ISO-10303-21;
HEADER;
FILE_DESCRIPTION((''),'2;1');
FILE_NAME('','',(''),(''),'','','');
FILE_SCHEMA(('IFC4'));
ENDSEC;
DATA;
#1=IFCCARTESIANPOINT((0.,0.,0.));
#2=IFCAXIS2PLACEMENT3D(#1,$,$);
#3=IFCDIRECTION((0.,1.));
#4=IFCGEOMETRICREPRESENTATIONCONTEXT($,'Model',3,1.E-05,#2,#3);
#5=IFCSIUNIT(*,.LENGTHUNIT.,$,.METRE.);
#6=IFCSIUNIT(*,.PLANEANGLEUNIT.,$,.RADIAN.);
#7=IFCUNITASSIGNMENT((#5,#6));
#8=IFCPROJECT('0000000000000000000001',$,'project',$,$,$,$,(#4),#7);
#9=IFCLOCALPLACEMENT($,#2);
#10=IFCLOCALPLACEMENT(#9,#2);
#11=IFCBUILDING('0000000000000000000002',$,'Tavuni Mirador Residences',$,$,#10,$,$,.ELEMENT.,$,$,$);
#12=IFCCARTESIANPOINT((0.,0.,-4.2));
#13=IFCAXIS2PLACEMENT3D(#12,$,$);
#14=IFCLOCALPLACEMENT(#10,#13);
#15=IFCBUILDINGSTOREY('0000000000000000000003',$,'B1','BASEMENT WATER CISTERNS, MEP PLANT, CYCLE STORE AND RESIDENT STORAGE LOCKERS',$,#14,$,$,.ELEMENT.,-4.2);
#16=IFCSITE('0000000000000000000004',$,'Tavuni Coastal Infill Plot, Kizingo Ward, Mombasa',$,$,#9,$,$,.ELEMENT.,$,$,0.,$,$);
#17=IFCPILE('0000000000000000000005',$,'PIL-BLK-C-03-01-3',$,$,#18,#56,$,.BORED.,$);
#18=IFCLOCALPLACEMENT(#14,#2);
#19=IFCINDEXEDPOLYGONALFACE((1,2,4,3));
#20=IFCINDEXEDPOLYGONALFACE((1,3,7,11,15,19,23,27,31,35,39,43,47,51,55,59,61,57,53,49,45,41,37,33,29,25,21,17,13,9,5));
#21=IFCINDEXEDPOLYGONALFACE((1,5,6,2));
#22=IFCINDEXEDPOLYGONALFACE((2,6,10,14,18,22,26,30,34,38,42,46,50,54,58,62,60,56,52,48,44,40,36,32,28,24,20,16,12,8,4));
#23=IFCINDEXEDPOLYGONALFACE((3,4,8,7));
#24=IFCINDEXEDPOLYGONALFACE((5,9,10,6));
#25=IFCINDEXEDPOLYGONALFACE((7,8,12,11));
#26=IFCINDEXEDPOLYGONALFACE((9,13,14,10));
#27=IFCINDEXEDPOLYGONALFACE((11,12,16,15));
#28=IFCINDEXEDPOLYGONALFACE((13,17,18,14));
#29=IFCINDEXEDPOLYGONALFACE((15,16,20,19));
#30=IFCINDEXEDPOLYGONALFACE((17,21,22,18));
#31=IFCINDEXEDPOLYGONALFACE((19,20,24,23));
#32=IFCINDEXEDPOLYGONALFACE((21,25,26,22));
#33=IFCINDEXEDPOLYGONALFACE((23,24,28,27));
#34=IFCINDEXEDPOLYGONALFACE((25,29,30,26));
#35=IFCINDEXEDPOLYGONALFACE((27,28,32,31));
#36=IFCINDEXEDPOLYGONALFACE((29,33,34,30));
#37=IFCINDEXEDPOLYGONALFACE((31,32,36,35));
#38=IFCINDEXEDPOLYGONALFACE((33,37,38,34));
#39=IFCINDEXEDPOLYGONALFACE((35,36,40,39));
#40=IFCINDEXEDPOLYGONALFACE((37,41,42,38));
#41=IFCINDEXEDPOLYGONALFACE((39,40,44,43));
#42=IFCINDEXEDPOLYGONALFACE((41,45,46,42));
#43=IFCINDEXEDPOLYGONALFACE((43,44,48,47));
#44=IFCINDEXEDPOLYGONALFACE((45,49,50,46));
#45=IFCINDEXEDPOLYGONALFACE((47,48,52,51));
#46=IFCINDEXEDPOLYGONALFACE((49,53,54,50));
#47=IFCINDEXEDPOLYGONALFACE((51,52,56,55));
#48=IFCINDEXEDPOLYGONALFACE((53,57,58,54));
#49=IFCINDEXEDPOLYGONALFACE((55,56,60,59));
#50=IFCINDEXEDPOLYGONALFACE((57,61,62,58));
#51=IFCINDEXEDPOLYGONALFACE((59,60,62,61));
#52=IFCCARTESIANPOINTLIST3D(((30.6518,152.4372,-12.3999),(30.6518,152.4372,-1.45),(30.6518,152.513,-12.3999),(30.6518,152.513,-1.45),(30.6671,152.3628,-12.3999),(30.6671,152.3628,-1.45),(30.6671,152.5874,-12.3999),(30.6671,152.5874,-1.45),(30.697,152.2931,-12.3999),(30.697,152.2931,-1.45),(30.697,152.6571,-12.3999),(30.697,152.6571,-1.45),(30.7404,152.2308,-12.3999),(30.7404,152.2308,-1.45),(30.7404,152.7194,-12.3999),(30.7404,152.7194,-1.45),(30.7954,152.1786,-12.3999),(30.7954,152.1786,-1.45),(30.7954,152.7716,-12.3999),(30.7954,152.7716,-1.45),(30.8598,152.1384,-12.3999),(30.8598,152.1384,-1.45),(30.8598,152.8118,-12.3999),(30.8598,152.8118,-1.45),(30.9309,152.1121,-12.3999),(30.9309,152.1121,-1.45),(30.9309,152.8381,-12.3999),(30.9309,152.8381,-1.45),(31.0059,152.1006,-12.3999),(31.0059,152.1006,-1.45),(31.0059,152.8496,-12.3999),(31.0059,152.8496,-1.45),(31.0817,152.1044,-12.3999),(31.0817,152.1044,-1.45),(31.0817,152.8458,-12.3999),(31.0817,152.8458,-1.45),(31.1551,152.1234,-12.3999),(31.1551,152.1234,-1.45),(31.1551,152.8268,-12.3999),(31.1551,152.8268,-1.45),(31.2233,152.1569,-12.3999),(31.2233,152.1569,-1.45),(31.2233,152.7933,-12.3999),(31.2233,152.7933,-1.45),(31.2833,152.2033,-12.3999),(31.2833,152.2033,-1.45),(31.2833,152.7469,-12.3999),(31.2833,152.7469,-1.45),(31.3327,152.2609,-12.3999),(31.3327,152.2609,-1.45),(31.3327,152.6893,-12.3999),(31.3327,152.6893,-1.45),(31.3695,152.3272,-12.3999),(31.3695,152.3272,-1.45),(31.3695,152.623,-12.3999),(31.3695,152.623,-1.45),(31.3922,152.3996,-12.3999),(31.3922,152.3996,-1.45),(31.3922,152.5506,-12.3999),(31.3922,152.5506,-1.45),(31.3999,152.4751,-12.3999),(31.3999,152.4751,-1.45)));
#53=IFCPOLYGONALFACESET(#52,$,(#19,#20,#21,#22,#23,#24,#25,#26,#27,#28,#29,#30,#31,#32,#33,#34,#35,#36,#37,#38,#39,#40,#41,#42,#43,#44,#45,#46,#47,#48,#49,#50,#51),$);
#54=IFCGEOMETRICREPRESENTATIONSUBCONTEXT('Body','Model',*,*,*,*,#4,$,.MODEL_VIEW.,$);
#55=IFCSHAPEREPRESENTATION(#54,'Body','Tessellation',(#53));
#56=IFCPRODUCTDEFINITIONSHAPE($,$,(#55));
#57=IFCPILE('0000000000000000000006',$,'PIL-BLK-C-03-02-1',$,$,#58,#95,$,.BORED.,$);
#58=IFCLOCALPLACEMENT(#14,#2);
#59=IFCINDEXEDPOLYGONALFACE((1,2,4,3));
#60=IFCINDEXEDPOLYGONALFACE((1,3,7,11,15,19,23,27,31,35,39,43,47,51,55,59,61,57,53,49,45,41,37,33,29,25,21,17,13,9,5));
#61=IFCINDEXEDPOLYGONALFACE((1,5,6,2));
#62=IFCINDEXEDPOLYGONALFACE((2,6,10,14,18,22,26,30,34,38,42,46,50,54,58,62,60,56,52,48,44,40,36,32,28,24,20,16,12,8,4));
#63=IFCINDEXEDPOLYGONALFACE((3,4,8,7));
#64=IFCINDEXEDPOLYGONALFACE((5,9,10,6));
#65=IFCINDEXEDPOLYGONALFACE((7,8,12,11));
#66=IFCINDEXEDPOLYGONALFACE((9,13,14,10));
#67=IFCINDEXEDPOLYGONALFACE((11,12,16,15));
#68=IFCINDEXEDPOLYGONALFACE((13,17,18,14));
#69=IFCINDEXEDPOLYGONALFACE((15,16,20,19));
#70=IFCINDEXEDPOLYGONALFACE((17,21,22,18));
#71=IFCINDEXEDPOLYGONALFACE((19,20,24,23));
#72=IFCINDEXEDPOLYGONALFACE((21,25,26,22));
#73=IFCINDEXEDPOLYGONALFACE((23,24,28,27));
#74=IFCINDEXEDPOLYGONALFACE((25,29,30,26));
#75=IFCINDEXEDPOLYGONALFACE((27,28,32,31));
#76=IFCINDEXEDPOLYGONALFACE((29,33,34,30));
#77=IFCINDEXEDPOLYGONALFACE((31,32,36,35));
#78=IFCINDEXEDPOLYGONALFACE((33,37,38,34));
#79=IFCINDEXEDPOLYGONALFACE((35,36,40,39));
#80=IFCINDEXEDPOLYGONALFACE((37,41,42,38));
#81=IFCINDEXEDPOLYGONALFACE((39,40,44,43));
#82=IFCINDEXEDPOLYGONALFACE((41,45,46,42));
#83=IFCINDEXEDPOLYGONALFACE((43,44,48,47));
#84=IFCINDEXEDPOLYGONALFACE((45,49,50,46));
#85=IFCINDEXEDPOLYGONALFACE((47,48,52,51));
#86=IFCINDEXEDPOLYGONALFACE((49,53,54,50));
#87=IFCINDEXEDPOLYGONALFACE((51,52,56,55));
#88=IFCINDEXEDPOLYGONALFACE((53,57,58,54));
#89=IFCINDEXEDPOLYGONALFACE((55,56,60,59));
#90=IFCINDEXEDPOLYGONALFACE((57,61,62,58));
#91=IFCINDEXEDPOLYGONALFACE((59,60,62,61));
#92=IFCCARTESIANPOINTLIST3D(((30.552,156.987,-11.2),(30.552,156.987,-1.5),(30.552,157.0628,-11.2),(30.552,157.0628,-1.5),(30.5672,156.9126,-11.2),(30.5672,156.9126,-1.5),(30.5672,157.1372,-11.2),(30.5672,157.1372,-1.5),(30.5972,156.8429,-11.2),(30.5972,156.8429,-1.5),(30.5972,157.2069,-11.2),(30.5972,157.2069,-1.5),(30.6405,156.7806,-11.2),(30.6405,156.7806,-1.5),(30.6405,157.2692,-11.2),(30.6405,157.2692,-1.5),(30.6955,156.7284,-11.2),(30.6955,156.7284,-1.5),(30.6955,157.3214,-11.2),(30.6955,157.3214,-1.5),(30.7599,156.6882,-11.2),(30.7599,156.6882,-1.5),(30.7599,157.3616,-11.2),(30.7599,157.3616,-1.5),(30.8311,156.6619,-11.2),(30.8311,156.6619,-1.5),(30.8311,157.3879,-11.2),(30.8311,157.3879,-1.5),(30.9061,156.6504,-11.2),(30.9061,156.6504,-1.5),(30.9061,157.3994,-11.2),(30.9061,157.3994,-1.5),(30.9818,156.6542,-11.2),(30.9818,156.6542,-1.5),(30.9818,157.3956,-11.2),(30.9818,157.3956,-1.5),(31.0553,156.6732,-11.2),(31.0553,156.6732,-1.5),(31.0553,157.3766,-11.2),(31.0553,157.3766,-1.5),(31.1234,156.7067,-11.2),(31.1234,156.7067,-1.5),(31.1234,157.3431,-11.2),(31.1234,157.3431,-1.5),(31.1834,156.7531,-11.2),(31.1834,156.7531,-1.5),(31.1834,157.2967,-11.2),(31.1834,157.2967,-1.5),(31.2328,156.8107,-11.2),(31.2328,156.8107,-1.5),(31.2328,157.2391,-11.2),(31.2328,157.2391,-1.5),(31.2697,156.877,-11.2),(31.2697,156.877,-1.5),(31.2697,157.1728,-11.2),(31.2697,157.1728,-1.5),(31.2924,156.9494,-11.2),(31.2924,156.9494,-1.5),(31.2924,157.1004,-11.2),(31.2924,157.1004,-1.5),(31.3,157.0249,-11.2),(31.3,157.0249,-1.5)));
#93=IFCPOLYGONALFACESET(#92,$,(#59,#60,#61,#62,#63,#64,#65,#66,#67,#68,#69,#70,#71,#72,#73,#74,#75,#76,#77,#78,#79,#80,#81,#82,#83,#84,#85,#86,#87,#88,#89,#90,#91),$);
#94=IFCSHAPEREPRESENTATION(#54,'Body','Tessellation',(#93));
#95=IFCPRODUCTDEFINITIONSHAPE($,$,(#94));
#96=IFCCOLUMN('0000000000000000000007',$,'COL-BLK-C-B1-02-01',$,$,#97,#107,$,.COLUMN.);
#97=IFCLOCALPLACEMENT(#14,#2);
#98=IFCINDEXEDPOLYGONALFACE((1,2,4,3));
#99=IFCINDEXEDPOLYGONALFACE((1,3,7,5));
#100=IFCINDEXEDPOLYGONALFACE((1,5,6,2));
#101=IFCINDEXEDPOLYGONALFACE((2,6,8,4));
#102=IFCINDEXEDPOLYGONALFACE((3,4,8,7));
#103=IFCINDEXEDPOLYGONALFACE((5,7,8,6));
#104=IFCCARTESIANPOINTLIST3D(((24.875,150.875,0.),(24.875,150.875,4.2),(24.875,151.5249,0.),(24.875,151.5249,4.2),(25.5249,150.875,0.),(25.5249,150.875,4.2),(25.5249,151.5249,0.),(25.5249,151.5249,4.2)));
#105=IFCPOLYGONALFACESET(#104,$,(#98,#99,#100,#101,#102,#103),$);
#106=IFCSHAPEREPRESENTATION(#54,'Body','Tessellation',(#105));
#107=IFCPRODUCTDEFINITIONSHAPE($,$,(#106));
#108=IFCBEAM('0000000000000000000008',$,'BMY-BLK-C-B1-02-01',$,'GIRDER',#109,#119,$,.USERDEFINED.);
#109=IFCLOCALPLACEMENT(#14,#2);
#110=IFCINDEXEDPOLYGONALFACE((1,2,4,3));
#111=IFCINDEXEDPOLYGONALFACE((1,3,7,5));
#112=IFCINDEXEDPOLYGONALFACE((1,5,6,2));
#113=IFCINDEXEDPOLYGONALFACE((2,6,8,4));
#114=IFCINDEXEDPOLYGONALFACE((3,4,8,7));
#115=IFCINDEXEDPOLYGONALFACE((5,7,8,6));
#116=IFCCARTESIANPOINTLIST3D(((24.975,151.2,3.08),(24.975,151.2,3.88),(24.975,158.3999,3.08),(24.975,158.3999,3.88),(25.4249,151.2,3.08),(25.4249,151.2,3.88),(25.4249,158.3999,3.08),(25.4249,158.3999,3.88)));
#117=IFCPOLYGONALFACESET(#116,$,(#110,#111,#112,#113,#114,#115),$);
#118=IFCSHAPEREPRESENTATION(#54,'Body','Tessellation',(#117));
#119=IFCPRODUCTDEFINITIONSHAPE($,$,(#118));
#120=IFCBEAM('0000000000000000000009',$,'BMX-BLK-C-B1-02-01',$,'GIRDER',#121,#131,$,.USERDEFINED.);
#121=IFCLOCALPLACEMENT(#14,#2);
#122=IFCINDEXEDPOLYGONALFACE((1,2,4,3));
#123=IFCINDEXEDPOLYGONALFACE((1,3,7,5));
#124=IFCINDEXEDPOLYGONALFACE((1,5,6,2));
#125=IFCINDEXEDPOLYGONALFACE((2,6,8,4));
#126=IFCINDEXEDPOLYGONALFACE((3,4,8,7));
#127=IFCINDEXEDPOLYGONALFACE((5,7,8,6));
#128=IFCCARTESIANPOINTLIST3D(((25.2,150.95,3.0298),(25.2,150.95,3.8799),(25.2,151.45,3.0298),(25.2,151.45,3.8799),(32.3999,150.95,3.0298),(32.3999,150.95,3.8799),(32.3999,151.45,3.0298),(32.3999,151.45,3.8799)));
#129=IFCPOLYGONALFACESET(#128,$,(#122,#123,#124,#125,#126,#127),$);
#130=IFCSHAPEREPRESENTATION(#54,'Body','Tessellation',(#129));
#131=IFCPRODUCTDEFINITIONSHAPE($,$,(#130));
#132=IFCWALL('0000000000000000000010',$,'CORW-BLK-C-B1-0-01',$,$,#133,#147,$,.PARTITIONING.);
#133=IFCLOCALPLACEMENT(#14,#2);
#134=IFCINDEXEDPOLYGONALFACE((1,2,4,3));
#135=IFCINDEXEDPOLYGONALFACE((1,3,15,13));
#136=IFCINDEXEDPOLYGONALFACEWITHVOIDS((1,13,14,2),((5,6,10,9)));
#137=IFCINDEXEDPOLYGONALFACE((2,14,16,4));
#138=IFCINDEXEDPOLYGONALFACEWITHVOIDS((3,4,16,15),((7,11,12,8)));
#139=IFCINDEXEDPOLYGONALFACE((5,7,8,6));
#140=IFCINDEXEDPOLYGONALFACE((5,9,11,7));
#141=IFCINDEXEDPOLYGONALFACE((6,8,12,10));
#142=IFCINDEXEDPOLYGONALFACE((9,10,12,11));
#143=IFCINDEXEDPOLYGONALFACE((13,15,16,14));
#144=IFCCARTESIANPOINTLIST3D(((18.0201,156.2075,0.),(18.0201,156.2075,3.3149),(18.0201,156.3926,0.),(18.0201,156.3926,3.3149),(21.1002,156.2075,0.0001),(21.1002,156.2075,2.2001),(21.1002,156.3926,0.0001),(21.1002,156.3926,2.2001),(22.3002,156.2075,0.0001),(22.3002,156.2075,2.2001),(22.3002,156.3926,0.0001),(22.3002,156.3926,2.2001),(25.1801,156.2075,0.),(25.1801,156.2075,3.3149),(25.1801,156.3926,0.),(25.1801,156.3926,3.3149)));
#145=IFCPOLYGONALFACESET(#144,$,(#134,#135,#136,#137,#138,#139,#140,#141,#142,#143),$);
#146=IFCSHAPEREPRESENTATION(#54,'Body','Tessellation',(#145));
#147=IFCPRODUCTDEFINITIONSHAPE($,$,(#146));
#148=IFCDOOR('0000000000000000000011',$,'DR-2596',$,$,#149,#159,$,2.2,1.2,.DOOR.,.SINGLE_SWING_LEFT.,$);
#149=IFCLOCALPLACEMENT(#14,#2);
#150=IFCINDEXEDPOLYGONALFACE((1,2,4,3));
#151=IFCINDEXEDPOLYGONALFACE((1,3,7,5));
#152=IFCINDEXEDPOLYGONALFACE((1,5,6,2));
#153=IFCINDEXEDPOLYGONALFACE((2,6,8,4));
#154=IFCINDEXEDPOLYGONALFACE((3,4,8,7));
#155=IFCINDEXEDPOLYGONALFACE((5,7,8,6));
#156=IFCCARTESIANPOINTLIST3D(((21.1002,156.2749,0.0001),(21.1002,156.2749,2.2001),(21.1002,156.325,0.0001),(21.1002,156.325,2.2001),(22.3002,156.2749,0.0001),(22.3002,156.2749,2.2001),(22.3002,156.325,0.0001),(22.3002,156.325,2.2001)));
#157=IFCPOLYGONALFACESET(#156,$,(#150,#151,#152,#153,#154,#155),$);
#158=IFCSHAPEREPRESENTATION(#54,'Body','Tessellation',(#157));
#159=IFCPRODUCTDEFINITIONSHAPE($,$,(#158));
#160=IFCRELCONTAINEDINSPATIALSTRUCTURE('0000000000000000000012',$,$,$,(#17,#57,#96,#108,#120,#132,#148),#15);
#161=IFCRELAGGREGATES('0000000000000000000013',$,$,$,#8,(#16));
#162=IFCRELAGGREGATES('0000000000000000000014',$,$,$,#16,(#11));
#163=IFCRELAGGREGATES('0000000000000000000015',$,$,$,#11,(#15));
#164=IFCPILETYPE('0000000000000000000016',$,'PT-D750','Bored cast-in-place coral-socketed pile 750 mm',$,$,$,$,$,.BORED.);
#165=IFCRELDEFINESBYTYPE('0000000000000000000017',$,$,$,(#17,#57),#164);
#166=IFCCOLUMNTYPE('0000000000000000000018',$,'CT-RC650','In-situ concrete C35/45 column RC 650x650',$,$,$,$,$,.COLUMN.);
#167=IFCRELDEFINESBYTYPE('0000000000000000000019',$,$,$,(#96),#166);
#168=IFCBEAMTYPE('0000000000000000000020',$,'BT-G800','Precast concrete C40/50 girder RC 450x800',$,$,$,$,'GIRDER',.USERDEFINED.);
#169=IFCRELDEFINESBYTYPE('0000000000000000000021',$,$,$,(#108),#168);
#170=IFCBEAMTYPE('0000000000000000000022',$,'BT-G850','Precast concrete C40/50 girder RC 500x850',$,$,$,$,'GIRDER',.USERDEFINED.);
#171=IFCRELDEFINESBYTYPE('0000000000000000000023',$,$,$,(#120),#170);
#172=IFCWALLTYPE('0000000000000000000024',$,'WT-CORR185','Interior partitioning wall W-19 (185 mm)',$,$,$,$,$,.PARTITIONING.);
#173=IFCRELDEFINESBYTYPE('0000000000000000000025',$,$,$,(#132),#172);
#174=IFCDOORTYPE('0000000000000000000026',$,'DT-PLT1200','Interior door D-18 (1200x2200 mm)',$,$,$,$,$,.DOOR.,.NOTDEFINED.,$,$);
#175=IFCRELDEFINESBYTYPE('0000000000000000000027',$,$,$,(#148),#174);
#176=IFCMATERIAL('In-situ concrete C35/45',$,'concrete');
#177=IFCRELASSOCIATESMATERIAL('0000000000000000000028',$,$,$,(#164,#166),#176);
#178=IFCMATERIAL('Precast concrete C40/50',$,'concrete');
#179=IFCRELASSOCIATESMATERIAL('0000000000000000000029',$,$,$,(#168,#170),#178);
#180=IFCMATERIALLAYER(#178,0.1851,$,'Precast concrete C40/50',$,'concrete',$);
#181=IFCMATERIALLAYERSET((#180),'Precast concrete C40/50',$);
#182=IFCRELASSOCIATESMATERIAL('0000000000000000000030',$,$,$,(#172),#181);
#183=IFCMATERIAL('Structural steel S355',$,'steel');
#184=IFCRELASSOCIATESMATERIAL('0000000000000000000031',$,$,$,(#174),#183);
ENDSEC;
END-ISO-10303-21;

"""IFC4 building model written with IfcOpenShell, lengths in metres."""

from ifc_helpers import new_model, si_unit, direction, frame, frame_2d, origin, origin_2d, place, context, subcontext, project, spatial, rectangle, circle, extrude, material, layer, layer_set, material_profile, profile_set, type_object, element, fill, save


model = new_model("IFC4")

# Units and contexts
model_context = context("Model", 3, precision=1e-05, world=origin(), true_north=direction((0.0, 1.0)))
body_context = subcontext(model_context, "Body", "Model", "MODEL_VIEW")
ifc_project = project(units=[si_unit("LENGTHUNIT", "METRE"), si_unit("PLANEANGLEUNIT", "RADIAN")], contexts=[model_context])

# Site, building, storey
site_placement = place(None, origin())
site = spatial("IfcSite", under=ifc_project, at=site_placement, Name="Tavuni Coastal Infill Plot, Kizingo Ward, Mombasa", CompositionType="ELEMENT", RefElevation=0.0)
building_placement = place(site_placement, origin())
building = spatial("IfcBuilding", under=site, at=building_placement, Name="Tavuni Mirador Residences", CompositionType="ELEMENT")
storey_placement = place(building_placement, frame((0.0, 0.0, -4.2)))
storey = spatial("IfcBuildingStorey", under=building, at=storey_placement, Name="B1", Description="BASEMENT WATER CISTERNS, MEP PLANT, CYCLE STORE AND RESIDENT STORAGE LOCKERS", CompositionType="ELEMENT", Elevation=-4.2)

# Shared definitions
ifc_material_1 = material(Name="In-situ concrete C35/45", Category="concrete")

# Piles
ifc_material_profile_1 = material_profile(ifc_material_1, circle(Radius=0.375, at=origin_2d()), Name="PILE D750", Category="concrete")
ifc_profile_set_1 = profile_set([ifc_material_profile_1], Name="In-situ concrete C35/45")
pile_type_1 = type_object("IfcPileType", Name="PT-D750", Description="Bored cast-in-place coral-socketed pile 750 mm", PredefinedType="BORED", material=ifc_profile_set_1)
for number, where, z_axis, x_axis, name in (
    (1, (31.0249, 152.4751, -1.45), (0.0, 0.0, -1.0), (1.0, 0.0, 0.0), "PIL-BLK-C-03-01-3"),
):
    element("IfcPile", number, at=place(storey_placement, frame(where, z_axis=z_axis, x_axis=x_axis)), inside=storey, type_object=pile_type_1, Name=name, PredefinedType="BORED", context=body_context, shape_type="SweptSolid", body=[
        extrude(circle(Radius=0.375, at=origin_2d()), origin(), (0.0, 0.0, 1.0), 10.95),
    ])
pile_1_placement = place(storey_placement, frame((30.925, 157.0249, -1.5), z_axis=(0.0, 0.0, -1.0), x_axis=(1.0, 0.0, 0.0)))
element("IfcPile", 2, at=pile_1_placement, inside=storey, type_object=pile_type_1, Name="PIL-BLK-C-03-02-1", PredefinedType="BORED", context=body_context, shape_type="SweptSolid", body=[
    extrude(circle(Radius=0.375, at=origin_2d()), origin(), (0.0, 0.0, 1.0), 9.7),
])

# Column
ifc_material_profile_2 = material_profile(ifc_material_1, rectangle(XDim=0.6499, YDim=0.6499, at=origin_2d()), Name="RC 650x650", Category="concrete")
ifc_profile_set_2 = profile_set([ifc_material_profile_2], Name="In-situ concrete C35/45")
column_type = type_object("IfcColumnType", Name="CT-RC650", Description="In-situ concrete C35/45 column RC 650x650", PredefinedType="COLUMN", material=ifc_profile_set_2)
column_placement = place(storey_placement, frame((25.2, 151.2, 0.0), z_axis=(0.0, 0.0, 1.0), x_axis=(1.0, 0.0, 0.0)))
element("IfcColumn", 3, at=column_placement, inside=storey, type_object=column_type, Name="COL-BLK-C-B1-02-01", PredefinedType="COLUMN", context=body_context, shape_type="SweptSolid", body=[
    extrude(rectangle(XDim=0.6499, YDim=0.6499, at=origin_2d()), origin(), (0.0, 0.0, 1.0), 4.2),
])

# Beams
ifc_material_2 = material(Name="Precast concrete C40/50", Category="concrete")
ifc_material_profile_3 = material_profile(ifc_material_2, rectangle(XDim=0.45, YDim=0.8, at=origin_2d()), Name="RC 450x800", Category="concrete")
ifc_profile_set_3 = profile_set([ifc_material_profile_3], Name="Precast concrete C40/50")
beam_type_1 = type_object("IfcBeamType", Name="BT-G800", Description="Precast concrete C40/50 girder RC 450x800", ElementType="GIRDER", PredefinedType="USERDEFINED", material=ifc_profile_set_3)
beam_1_placement = place(storey_placement, frame((25.2, 151.2, 3.48), z_axis=(0.0, 1.0, 0.0), x_axis=(-1.0, 0.0, 0.0)))
element("IfcBeam", 4, at=beam_1_placement, inside=storey, type_object=beam_type_1, Name="BMY-BLK-C-B1-02-01", ObjectType="GIRDER", PredefinedType="USERDEFINED", context=body_context, shape_type="SweptSolid", body=[
    extrude(rectangle(XDim=0.45, YDim=0.8, at=origin_2d()), origin(), (0.0, 0.0, 1.0), 7.2),
])
ifc_material_profile_4 = material_profile(ifc_material_2, rectangle(XDim=0.5, YDim=0.8501, at=origin_2d()), Name="RC 500x850", Category="concrete")
ifc_profile_set_4 = profile_set([ifc_material_profile_4], Name="Precast concrete C40/50")
beam_type_2 = type_object("IfcBeamType", Name="BT-G850", Description="Precast concrete C40/50 girder RC 500x850", ElementType="GIRDER", PredefinedType="USERDEFINED", material=ifc_profile_set_4)
beam_2_placement = place(storey_placement, frame((25.2, 151.2, 3.4548), z_axis=(1.0, 0.0, 0.0), x_axis=(0.0, 1.0, 0.0)))
element("IfcBeam", 5, at=beam_2_placement, inside=storey, type_object=beam_type_2, Name="BMX-BLK-C-B1-02-01", ObjectType="GIRDER", PredefinedType="USERDEFINED", context=body_context, shape_type="SweptSolid", body=[
    extrude(rectangle(XDim=0.5, YDim=0.8501, at=origin_2d()), origin(), (0.0, 0.0, 1.0), 7.2),
])

# Wall, opening, door
ifc_layer_1 = layer(ifc_material_2, 0.1851, Name="Precast concrete C40/50", Category="concrete")
ifc_layer_set_1 = layer_set([ifc_layer_1], Name="Precast concrete C40/50")
wall_type_1 = type_object("IfcWallType", Name="WT-CORR185", Description="Interior partitioning wall W-19 (185 mm)", PredefinedType="PARTITIONING", material=ifc_layer_set_1)
wall_1_placement = place(storey_placement, frame((18.02, 156.3, 0.0), z_axis=(0.0, 0.0, 1.0), x_axis=(1.0, 0.0, 0.0)))
wall_1 = element("IfcWall", 6, at=wall_1_placement, inside=storey, type_object=wall_type_1, Name="CORW-BLK-C-B1-0-01", PredefinedType="PARTITIONING", context=body_context, shape_type="SweptSolid", body=[
    extrude(rectangle(XDim=7.1599, YDim=0.1851, at=frame_2d((3.5801, 0.0))), origin(), (0.0, 0.0, 1.0), 3.3149),
])
opening_1_placement = place(wall_1_placement, frame((3.0801, 0.0, 0.0)))
opening_1 = element("IfcOpeningElement", 7, at=opening_1_placement, cuts=wall_1, PredefinedType="OPENING", context=body_context, shape_type="SweptSolid", body=[
    extrude(rectangle(XDim=1.2, YDim=2.2, at=frame_2d((0.6001, 1.1001))), frame((0.0, 0.1025, 0.0), z_axis=(0.0, -1.0, 0.0), x_axis=(1.0, 0.0, 0.0)), (0.0, 0.0, 1.0), 0.2051),
])
ifc_material_3 = material(Name="Structural steel S355", Category="steel")
door_type = type_object("IfcDoorType", Name="DT-PLT1200", Description="Interior door D-18 (1200x2200 mm)", OperationType="NOTDEFINED", PredefinedType="DOOR", material=ifc_material_3)
door_1_placement = place(opening_1_placement, origin())
door_1 = element("IfcDoor", 8, at=door_1_placement, inside=storey, type_object=door_type, Name="DR-2596", OperationType="SINGLE_SWING_LEFT", OverallHeight=2.2, OverallWidth=1.2, PredefinedType="DOOR", context=body_context, shape_type="SweptSolid", body=[
    extrude(rectangle(XDim=1.2, YDim=2.2, at=frame_2d((0.6001, 1.1001))), frame((0.0, 0.0249, 0.0), z_axis=(0.0, -1.0, 0.0), x_axis=(1.0, 0.0, 0.0)), (0.0, 0.0, 1.0), 0.05),
])
fill(opening_1, door_1)

save(model, "model.ifc")
